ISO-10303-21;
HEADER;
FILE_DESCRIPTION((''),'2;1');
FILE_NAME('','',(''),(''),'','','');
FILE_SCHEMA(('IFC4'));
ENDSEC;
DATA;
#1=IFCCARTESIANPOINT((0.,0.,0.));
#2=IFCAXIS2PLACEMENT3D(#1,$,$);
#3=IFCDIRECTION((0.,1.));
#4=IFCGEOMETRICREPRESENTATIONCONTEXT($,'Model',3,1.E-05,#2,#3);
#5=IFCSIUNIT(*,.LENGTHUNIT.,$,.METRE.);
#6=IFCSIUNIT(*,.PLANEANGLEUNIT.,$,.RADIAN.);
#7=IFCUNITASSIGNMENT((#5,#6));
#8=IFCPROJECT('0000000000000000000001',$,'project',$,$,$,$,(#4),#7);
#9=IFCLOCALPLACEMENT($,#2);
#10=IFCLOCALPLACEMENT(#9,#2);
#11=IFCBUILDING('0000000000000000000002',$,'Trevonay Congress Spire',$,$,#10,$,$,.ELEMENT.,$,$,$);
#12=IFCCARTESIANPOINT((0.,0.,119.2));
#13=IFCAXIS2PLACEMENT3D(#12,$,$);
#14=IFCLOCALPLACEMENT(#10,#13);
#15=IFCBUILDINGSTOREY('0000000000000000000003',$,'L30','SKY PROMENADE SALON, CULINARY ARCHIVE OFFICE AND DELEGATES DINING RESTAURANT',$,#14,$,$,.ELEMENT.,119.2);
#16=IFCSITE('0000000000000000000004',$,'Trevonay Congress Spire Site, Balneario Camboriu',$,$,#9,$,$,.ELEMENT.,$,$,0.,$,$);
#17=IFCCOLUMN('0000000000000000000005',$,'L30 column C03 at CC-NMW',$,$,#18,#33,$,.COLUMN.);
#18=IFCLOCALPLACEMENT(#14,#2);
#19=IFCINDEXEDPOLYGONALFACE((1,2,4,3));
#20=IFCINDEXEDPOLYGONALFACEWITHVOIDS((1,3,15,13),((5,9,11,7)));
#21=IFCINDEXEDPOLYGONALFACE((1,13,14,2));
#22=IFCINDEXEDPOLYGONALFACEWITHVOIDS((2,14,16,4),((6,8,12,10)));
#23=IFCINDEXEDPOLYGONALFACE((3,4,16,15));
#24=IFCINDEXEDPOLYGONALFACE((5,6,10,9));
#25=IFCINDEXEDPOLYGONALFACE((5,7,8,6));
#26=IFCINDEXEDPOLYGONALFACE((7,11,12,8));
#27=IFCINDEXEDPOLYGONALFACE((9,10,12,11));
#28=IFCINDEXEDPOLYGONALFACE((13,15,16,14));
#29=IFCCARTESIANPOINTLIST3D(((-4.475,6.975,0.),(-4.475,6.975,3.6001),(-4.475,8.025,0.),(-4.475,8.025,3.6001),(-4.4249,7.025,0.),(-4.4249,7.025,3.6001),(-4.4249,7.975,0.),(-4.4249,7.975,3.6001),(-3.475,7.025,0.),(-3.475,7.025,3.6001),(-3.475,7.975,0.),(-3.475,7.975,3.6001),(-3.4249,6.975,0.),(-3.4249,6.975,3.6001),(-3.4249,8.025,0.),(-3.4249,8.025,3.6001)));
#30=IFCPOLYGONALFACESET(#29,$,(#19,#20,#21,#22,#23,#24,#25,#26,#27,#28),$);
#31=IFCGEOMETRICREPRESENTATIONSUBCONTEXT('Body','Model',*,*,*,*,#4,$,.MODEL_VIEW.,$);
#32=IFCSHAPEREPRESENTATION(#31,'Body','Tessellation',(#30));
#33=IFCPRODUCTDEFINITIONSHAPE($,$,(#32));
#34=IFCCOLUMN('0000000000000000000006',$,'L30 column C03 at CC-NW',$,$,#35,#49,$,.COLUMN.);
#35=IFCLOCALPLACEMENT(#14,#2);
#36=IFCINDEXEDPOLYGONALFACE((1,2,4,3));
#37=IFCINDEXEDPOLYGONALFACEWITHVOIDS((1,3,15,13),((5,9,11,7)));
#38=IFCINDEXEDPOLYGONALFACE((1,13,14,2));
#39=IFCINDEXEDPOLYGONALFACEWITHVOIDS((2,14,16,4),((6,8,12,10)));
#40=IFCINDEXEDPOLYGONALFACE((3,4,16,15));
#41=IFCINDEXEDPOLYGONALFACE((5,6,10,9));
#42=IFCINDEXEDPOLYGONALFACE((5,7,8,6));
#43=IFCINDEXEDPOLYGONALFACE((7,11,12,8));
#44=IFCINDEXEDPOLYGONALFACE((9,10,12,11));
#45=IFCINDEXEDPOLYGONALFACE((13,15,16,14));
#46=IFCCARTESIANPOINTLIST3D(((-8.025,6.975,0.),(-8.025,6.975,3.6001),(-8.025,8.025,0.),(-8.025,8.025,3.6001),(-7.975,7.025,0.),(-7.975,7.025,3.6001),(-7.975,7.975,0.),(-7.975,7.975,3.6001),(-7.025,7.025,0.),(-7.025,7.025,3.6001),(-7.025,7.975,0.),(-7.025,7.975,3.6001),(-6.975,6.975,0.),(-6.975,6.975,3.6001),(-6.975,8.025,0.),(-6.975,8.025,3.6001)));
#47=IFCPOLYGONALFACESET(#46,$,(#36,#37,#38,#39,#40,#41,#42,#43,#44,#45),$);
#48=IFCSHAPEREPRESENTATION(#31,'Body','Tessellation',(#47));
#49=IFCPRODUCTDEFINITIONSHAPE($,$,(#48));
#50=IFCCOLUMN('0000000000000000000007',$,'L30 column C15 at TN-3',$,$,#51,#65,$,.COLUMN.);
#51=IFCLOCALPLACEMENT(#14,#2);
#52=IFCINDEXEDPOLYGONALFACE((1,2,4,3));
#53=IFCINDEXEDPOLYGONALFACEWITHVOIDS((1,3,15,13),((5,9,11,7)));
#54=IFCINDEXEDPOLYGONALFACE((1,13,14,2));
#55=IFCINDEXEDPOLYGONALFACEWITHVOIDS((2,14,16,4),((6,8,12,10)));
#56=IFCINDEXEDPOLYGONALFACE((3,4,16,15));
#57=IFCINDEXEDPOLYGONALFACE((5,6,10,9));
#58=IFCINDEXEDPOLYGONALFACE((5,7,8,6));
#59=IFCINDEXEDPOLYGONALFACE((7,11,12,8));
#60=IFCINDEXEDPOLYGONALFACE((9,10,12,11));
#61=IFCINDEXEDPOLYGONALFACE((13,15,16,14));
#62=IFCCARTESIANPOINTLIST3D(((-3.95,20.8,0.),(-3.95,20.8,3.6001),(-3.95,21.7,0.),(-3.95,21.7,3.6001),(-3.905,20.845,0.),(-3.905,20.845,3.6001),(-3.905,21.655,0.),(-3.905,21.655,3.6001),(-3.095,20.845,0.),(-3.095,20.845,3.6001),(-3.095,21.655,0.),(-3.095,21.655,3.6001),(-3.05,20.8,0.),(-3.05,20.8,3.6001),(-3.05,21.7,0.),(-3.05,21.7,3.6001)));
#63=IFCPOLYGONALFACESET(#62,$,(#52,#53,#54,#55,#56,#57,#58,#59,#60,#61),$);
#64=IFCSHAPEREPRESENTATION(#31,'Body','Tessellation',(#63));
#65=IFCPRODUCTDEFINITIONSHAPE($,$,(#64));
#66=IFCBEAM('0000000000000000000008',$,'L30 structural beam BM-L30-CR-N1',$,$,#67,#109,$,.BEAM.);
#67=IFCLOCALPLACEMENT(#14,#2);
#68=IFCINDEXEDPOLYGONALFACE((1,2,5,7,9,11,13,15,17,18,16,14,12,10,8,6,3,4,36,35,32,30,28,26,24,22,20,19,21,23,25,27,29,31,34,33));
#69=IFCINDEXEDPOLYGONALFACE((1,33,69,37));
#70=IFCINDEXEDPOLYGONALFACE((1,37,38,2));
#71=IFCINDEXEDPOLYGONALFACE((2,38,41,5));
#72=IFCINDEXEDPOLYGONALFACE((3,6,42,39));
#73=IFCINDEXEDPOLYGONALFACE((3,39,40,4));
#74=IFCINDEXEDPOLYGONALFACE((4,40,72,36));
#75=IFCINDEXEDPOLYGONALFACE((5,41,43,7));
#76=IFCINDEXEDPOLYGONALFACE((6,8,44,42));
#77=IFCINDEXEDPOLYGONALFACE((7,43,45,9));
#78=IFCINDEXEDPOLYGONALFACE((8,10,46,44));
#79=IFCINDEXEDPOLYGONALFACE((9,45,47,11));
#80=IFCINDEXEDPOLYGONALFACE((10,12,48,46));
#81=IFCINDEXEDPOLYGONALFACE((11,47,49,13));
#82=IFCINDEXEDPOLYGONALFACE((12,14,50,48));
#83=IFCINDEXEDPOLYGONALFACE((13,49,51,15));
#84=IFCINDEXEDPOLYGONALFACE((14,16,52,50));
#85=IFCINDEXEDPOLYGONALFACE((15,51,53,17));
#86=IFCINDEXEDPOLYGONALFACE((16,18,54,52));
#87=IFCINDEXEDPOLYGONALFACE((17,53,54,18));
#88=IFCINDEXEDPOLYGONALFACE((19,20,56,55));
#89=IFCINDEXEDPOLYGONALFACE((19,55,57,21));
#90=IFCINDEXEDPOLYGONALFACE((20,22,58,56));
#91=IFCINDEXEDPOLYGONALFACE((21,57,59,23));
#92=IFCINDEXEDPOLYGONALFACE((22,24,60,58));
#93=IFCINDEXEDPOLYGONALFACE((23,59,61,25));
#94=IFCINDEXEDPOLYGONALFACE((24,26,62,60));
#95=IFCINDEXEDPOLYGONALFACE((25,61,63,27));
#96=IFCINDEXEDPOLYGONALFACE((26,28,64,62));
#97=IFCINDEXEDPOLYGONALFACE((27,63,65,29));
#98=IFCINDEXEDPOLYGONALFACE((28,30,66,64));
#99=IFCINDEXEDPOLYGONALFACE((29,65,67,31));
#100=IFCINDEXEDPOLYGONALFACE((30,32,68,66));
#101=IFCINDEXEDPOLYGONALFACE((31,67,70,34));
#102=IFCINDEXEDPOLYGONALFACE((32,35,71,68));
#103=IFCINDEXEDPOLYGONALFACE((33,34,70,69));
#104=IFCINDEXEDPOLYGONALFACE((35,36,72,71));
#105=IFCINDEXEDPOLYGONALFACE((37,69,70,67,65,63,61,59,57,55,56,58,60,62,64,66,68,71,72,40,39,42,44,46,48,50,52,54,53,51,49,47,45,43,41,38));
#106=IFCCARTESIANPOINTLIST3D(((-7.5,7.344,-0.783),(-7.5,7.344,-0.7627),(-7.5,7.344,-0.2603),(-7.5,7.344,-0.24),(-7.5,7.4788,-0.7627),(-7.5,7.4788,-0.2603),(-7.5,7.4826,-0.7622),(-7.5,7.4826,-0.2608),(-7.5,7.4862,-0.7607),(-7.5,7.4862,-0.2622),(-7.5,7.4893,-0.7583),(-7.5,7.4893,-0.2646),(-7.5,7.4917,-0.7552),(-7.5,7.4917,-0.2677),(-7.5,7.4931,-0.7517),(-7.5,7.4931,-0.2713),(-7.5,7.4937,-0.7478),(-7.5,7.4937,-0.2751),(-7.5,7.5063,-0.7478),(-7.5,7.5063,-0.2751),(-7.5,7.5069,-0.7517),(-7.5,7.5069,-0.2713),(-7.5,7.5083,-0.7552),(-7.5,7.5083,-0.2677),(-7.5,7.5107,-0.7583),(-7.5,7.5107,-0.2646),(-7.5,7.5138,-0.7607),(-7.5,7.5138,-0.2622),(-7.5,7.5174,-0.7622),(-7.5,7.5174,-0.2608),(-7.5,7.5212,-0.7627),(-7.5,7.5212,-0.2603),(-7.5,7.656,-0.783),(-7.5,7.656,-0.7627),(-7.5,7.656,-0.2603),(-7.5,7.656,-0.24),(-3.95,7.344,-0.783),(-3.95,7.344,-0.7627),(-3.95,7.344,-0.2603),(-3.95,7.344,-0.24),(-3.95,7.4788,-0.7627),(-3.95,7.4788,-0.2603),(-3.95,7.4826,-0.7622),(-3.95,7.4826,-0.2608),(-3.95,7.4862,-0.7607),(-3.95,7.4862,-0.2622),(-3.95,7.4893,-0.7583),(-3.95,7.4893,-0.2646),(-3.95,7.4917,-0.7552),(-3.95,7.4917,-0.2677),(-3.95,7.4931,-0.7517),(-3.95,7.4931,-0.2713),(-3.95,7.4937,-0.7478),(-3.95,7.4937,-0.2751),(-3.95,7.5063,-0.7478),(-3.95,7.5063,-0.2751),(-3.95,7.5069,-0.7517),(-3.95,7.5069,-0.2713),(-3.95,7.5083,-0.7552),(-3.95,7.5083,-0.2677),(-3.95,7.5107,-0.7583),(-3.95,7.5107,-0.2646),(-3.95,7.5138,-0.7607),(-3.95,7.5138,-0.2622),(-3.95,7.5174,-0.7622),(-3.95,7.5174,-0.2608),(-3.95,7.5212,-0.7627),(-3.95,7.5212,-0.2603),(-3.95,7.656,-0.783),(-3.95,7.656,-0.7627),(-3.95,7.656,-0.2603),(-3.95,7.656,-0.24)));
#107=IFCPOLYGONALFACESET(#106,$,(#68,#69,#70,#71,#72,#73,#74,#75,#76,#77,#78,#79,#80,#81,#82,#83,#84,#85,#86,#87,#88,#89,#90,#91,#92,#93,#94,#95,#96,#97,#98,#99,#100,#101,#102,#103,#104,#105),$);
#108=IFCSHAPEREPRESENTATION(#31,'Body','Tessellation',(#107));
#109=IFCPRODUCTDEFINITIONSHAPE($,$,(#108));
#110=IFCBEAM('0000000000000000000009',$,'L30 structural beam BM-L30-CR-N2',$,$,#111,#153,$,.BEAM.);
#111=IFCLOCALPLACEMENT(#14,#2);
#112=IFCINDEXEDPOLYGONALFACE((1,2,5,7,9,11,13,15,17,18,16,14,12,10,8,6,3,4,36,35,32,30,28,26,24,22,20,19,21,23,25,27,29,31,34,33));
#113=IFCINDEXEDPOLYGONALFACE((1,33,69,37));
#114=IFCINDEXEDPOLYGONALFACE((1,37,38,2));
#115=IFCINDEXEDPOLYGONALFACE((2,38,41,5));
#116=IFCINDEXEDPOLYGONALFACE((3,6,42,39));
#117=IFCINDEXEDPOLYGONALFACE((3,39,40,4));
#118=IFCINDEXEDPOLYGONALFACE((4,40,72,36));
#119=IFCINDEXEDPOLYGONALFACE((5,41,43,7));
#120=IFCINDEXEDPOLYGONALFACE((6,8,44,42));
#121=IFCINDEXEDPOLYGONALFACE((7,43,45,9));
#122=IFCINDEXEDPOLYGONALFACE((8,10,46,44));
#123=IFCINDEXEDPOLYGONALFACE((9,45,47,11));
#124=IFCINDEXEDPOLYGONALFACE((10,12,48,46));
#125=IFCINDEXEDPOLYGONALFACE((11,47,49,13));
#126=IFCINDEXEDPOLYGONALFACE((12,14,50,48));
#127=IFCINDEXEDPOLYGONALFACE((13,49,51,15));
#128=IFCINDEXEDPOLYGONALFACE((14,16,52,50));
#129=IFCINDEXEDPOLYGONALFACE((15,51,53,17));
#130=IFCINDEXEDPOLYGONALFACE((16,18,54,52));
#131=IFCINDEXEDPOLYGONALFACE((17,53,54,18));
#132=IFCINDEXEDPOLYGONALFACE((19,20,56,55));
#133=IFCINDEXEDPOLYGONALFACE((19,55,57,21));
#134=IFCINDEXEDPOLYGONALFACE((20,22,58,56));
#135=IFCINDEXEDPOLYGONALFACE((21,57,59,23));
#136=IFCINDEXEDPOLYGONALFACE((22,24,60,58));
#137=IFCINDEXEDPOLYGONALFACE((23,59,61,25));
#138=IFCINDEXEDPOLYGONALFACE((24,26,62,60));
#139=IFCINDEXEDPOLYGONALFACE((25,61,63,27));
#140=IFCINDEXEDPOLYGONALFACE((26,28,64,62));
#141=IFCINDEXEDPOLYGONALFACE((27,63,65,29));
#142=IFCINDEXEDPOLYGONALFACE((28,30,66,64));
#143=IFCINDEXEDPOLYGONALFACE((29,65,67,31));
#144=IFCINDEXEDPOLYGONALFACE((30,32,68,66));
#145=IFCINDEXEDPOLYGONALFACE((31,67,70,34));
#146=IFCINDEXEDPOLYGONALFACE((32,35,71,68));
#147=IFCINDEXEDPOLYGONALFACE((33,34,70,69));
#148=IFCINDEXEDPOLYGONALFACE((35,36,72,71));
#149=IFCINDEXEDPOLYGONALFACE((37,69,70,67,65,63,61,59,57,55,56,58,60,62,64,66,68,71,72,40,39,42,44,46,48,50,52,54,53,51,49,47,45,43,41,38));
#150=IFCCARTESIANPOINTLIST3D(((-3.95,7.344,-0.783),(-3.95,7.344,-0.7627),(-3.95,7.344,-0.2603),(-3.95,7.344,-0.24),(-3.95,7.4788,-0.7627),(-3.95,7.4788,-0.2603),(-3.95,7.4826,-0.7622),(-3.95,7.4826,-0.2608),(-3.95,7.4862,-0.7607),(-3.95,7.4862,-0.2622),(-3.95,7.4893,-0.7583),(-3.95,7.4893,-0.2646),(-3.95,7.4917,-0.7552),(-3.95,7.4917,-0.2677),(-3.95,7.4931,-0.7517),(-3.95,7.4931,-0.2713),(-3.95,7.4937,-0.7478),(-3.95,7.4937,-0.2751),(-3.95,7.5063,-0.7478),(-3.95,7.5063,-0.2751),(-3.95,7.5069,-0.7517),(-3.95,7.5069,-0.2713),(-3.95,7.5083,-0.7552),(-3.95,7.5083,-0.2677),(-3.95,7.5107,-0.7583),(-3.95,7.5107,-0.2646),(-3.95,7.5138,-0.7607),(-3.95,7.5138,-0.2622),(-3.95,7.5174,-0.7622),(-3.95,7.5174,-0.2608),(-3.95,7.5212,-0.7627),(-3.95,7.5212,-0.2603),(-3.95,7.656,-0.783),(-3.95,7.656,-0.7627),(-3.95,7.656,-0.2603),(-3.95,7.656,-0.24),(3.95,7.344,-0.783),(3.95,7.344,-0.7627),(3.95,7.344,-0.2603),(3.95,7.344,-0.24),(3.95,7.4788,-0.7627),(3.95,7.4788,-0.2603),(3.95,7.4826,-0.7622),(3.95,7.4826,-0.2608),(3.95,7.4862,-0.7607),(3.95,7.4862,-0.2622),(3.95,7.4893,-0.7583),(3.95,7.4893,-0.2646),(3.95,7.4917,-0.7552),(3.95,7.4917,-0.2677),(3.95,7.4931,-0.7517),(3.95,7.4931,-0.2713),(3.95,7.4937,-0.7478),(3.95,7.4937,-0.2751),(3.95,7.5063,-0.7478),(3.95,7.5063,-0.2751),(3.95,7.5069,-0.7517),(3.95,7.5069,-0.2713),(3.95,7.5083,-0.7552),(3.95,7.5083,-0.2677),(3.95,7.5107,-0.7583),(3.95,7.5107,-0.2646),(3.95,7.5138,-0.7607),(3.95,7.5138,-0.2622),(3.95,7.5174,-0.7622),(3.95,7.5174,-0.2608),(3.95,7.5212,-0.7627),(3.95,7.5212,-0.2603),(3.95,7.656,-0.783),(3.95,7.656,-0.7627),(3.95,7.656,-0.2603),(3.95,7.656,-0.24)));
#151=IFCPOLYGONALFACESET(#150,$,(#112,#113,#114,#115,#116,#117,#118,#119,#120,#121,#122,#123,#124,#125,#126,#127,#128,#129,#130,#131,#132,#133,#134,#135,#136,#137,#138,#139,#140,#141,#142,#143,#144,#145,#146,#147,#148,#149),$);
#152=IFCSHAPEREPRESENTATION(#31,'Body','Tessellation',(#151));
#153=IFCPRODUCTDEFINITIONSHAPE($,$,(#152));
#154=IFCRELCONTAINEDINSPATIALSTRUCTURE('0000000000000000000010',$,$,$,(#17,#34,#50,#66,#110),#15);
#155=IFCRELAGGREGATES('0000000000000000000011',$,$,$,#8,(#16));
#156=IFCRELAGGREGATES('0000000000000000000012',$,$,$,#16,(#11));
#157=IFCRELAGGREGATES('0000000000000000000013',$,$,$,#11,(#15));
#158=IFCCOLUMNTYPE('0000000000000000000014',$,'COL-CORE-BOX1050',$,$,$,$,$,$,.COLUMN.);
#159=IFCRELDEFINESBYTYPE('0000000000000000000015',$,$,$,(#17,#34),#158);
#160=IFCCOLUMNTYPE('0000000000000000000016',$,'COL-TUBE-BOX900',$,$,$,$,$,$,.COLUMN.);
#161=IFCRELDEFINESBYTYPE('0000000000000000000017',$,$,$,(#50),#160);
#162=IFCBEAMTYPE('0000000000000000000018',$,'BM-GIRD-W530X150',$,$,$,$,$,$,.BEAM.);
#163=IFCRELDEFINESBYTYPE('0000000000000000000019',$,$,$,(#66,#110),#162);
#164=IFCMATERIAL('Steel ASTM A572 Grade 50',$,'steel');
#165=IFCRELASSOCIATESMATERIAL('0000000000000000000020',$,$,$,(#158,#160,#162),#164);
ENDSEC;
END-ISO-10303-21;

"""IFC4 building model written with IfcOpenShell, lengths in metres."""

from ifc_helpers import new_model, si_unit, direction, frame, origin, origin_2d, place, context, subcontext, project, spatial, hollow_rectangle, i_section, extrude, material, material_profile, profile_set, type_object, element, save


model = new_model("IFC4")

# Units and contexts
model_context = context("Model", 3, precision=1e-05, world=origin(), true_north=direction((0.0, 1.0)))
body_context = subcontext(model_context, "Body", "Model", "MODEL_VIEW")
ifc_project = project(units=[si_unit("LENGTHUNIT", "METRE"), si_unit("PLANEANGLEUNIT", "RADIAN")], contexts=[model_context])

# Site, building, storey
site_placement = place(None, origin())
site = spatial("IfcSite", under=ifc_project, at=site_placement, Name="Trevonay Congress Spire Site, Balneario Camboriu", CompositionType="ELEMENT", RefElevation=0.0)
building_placement = place(site_placement, origin())
building = spatial("IfcBuilding", under=site, at=building_placement, Name="Trevonay Congress Spire", CompositionType="ELEMENT")
storey_placement = place(building_placement, frame((0.0, 0.0, 119.2)))
storey = spatial("IfcBuildingStorey", under=building, at=storey_placement, Name="L30", Description="SKY PROMENADE SALON, CULINARY ARCHIVE OFFICE AND DELEGATES DINING RESTAURANT", CompositionType="ELEMENT", Elevation=119.2)

# Columns
ifc_material_1 = material(Name="Steel ASTM A572 Grade 50", Category="steel")
ifc_material_profile_1 = material_profile(ifc_material_1, hollow_rectangle(XDim=1.05, YDim=1.05, WallThickness=0.05, at=origin_2d()), Name="BOX 1050x1050x50")
ifc_profile_set_1 = profile_set([ifc_material_profile_1], Name="Steel ASTM A572 Grade 50")
column_type_1 = type_object("IfcColumnType", Name="COL-CORE-BOX1050", PredefinedType="COLUMN", material=ifc_profile_set_1)
for number, where, z_axis, x_axis, name in (
    (1, (-3.95, 7.5, 0.0), (0.0, 0.0, 1.0), (1.0, 0.0, 0.0), "L30 column C03 at CC-NMW"),
    (2, (-7.5, 7.5, 0.0), (0.0, 0.0, 1.0), (1.0, 0.0, 0.0), "L30 column C03 at CC-NW"),
):
    element("IfcColumn", number, at=place(storey_placement, frame(where, z_axis=z_axis, x_axis=x_axis)), inside=storey, type_object=column_type_1, Name=name, PredefinedType="COLUMN", context=body_context, shape_type="SweptSolid", body=[
        extrude(hollow_rectangle(XDim=1.05, YDim=1.05, WallThickness=0.05, at=origin_2d()), origin(), (0.0, 0.0, 1.0), 3.6001),
    ])
ifc_material_profile_2 = material_profile(ifc_material_1, hollow_rectangle(XDim=0.8999, YDim=0.8999, WallThickness=0.0449, at=origin_2d()), Name="BOX 900x900x45")
ifc_profile_set_2 = profile_set([ifc_material_profile_2], Name="Steel ASTM A572 Grade 50")
column_type_2 = type_object("IfcColumnType", Name="COL-TUBE-BOX900", PredefinedType="COLUMN", material=ifc_profile_set_2)
column_placement = place(storey_placement, frame((-3.5, 21.25, 0.0), z_axis=(0.0, 0.0, 1.0), x_axis=(1.0, 0.0, 0.0)))
element("IfcColumn", 3, at=column_placement, inside=storey, type_object=column_type_2, Name="L30 column C15 at TN-3", PredefinedType="COLUMN", context=body_context, shape_type="SweptSolid", body=[
    extrude(hollow_rectangle(XDim=0.8999, YDim=0.8999, WallThickness=0.0449, at=origin_2d()), origin(), (0.0, 0.0, 1.0), 3.6001),
])

# Beams
ifc_material_profile_3 = material_profile(ifc_material_1, i_section(OverallWidth=0.312, OverallDepth=0.543, WebThickness=0.0127, FlangeThickness=0.0203, FilletRadius=0.0149, at=origin_2d()), Name="W530x150")
ifc_profile_set_3 = profile_set([ifc_material_profile_3], Name="Steel ASTM A572 Grade 50")
beam_type_1 = type_object("IfcBeamType", Name="BM-GIRD-W530X150", PredefinedType="BEAM", material=ifc_profile_set_3)
beam_1_placement = place(storey_placement, frame((-7.5, 7.5, -0.5115), z_axis=(1.0, 0.0, 0.0), x_axis=(0.0, 1.0, 0.0)))
element("IfcBeam", 4, at=beam_1_placement, inside=storey, type_object=beam_type_1, Name="L30 structural beam BM-L30-CR-N1", PredefinedType="BEAM", context=body_context, shape_type="SweptSolid", body=[
    extrude(i_section(OverallWidth=0.312, OverallDepth=0.543, WebThickness=0.0127, FlangeThickness=0.0203, FilletRadius=0.0149, at=origin_2d()), origin(), (0.0, 0.0, 1.0), 3.55),
])
beam_2_placement = place(storey_placement, frame((-3.95, 7.5, -0.5115), z_axis=(1.0, 0.0, 0.0), x_axis=(0.0, 1.0, 0.0)))
element("IfcBeam", 5, at=beam_2_placement, inside=storey, type_object=beam_type_1, Name="L30 structural beam BM-L30-CR-N2", PredefinedType="BEAM", context=body_context, shape_type="SweptSolid", body=[
    extrude(i_section(OverallWidth=0.312, OverallDepth=0.543, WebThickness=0.0127, FlangeThickness=0.0203, FilletRadius=0.0149, at=origin_2d()), origin(), (0.0, 0.0, 1.0), 7.8999),
])

save(model, "model.ifc")
